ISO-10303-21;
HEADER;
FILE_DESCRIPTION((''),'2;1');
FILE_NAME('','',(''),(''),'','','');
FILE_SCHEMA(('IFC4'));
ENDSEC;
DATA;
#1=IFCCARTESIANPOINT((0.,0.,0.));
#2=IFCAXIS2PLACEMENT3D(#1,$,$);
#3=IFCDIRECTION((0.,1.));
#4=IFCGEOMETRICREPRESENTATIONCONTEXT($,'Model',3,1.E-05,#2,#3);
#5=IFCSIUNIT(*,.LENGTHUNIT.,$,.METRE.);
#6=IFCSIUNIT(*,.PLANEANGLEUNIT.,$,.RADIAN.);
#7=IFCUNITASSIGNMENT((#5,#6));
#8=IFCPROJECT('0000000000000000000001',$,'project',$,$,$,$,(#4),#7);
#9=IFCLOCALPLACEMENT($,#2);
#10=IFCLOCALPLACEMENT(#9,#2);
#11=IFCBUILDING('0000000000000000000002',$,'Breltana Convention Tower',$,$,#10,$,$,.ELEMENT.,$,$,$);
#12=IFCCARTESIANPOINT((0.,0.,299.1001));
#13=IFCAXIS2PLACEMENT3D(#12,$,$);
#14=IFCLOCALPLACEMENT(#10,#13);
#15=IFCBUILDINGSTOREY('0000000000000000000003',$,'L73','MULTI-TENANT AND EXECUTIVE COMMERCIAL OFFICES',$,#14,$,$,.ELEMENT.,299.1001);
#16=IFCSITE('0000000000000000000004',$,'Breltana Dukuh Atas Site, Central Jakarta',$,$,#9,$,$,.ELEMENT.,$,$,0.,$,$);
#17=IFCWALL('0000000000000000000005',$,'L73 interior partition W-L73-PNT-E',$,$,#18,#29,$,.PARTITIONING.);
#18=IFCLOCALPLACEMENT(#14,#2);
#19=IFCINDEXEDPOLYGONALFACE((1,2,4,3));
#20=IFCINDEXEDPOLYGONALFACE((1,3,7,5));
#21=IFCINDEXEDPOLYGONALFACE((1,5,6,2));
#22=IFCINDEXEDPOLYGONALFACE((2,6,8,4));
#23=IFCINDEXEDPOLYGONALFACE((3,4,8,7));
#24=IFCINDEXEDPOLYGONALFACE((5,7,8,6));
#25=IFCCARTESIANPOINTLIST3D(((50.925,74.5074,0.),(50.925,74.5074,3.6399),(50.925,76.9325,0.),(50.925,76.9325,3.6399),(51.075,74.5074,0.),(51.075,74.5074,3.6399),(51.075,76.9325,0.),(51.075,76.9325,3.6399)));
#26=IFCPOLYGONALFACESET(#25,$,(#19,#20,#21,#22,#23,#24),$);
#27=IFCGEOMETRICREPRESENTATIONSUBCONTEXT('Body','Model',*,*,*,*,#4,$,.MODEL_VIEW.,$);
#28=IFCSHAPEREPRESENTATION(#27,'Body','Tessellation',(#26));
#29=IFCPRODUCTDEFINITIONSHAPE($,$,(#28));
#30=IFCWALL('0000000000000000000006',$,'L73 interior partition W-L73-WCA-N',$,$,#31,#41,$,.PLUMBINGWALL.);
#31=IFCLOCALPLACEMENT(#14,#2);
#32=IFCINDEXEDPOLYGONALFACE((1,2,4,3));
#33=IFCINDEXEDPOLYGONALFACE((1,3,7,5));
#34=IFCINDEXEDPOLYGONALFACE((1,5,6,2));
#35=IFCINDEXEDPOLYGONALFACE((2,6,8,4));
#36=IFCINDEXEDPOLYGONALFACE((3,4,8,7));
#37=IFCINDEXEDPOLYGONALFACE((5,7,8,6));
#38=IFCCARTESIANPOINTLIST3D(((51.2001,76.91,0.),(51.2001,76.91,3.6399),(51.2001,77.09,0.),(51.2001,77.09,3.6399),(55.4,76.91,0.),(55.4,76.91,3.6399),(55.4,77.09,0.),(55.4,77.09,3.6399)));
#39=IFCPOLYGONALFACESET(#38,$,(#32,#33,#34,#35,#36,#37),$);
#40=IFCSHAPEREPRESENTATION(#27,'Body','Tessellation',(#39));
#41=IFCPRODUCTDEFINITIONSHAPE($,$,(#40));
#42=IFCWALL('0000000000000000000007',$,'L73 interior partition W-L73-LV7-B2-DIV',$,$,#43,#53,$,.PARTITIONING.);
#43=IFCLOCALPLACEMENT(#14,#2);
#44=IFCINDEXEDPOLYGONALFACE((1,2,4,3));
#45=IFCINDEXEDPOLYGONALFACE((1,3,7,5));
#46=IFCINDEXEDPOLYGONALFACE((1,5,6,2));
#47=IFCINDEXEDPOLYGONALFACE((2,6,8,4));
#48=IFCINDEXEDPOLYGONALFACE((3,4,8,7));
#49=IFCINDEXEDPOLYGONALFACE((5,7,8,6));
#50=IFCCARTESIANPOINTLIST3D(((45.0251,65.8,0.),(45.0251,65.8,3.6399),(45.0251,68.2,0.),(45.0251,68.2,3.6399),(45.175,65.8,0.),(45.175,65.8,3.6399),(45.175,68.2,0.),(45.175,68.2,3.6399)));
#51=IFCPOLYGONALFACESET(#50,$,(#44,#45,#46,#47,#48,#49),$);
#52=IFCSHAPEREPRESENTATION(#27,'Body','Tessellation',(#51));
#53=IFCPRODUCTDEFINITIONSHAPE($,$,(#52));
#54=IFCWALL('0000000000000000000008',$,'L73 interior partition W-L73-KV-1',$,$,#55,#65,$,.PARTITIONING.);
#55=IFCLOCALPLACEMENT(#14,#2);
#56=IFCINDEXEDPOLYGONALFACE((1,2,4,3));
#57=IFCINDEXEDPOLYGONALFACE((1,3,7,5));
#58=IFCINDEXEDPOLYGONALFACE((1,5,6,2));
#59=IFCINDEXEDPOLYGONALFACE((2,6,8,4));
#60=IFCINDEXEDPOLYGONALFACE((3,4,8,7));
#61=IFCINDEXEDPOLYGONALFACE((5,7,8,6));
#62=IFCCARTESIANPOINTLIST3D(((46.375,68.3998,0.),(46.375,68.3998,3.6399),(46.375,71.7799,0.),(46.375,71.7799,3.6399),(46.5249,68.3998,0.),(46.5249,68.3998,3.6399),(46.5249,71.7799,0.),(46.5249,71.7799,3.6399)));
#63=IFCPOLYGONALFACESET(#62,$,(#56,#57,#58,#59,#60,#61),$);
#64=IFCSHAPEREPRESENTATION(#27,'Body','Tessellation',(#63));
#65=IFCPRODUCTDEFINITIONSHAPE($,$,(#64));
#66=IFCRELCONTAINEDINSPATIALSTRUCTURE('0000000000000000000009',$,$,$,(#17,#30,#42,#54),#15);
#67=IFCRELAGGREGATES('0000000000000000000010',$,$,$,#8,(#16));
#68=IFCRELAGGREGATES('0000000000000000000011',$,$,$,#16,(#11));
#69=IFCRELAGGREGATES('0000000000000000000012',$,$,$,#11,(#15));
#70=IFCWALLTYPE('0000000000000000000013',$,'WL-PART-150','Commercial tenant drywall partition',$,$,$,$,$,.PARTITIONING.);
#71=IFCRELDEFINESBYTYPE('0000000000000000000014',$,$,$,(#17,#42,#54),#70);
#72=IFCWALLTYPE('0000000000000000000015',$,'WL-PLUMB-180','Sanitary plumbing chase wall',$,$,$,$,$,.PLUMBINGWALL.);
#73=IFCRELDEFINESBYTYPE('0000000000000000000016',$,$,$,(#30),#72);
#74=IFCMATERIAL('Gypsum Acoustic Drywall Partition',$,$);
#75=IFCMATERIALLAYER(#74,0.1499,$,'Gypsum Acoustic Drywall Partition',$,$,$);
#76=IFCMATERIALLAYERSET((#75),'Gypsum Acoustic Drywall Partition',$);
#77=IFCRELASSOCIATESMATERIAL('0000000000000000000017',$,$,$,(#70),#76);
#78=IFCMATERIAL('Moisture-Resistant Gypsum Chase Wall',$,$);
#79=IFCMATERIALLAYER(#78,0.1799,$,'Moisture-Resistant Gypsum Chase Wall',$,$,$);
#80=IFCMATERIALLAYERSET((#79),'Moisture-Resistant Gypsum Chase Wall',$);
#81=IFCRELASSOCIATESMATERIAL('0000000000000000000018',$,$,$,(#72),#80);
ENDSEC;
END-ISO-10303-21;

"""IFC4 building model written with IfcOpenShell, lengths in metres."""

from ifc_helpers import new_model, si_unit, direction, frame, frame_2d, origin, place, context, subcontext, project, spatial, rectangle, extrude, source, transform, mapped, material, layer, layer_set, type_object, element, save


model = new_model("IFC4")

# Units and contexts
model_context = context("Model", 3, precision=1e-05, world=origin(), true_north=direction((0.0, 1.0)))
body_context = subcontext(model_context, "Body", "Model", "MODEL_VIEW")
ifc_project = project(units=[si_unit("LENGTHUNIT", "METRE"), si_unit("PLANEANGLEUNIT", "RADIAN")], contexts=[model_context])

# Site, building, storey
site_placement = place(None, origin())
site = spatial("IfcSite", under=ifc_project, at=site_placement, Name="Breltana Dukuh Atas Site, Central Jakarta", CompositionType="ELEMENT", RefElevation=0.0)
building_placement = place(site_placement, origin())
building = spatial("IfcBuilding", under=site, at=building_placement, Name="Breltana Convention Tower", CompositionType="ELEMENT")
storey_placement = place(building_placement, frame((0.0, 0.0, 299.1001)))
storey = spatial("IfcBuildingStorey", under=building, at=storey_placement, Name="L73", Description="MULTI-TENANT AND EXECUTIVE COMMERCIAL OFFICES", CompositionType="ELEMENT", Elevation=299.1001)

# Shared definitions
ifc_material_1 = material(Name="Gypsum Acoustic Drywall Partition")
ifc_layer_1 = layer(ifc_material_1, 0.1499, Name="Gypsum Acoustic Drywall Partition")
ifc_layer_set_1 = layer_set([ifc_layer_1], Name="Gypsum Acoustic Drywall Partition")
wall_type_1 = type_object("IfcWallType", Name="WL-PART-150", Description="Commercial tenant drywall partition", PredefinedType="PARTITIONING", material=ifc_layer_set_1)

# Wall
shared_shape_1 = source(origin(), body_context, "Body", "SweptSolid", [
    extrude(rectangle(XDim=2.425, YDim=0.1499, at=frame_2d((1.2124, 0.0))), origin(), (0.0, 0.0, 1.0), 3.6399),
])
wall_1_placement = place(storey_placement, frame((51.0, 74.5076, 0.0), z_axis=(0.0, 0.0, 1.0), x_axis=(0.0, 1.0, 0.0)))
element("IfcWall", 1, at=wall_1_placement, inside=storey, type_object=wall_type_1, Name="L73 interior partition W-L73-PNT-E", PredefinedType="PARTITIONING", context=body_context, shape_type="MappedRepresentation", body=[
    mapped(shared_shape_1, transform((0.0, 0.0, 0.0), scale=1.0)),
])

# Walls
ifc_material_2 = material(Name="Moisture-Resistant Gypsum Chase Wall")
ifc_layer_2 = layer(ifc_material_2, 0.1799, Name="Moisture-Resistant Gypsum Chase Wall")
ifc_layer_set_2 = layer_set([ifc_layer_2], Name="Moisture-Resistant Gypsum Chase Wall")
wall_type_2 = type_object("IfcWallType", Name="WL-PLUMB-180", Description="Sanitary plumbing chase wall", PredefinedType="PLUMBINGWALL", material=ifc_layer_set_2)
shared_shape_2 = source(origin(), body_context, "Body", "SweptSolid", [
    extrude(rectangle(XDim=4.2, YDim=0.1799, at=frame_2d((2.1001, 0.0))), origin(), (0.0, 0.0, 1.0), 3.6399),
])
wall_2_placement = place(storey_placement, frame((51.2, 77.0, 0.0), z_axis=(0.0, 0.0, 1.0), x_axis=(1.0, 0.0, 0.0)))
element("IfcWall", 2, at=wall_2_placement, inside=storey, type_object=wall_type_2, Name="L73 interior partition W-L73-WCA-N", PredefinedType="PLUMBINGWALL", context=body_context, shape_type="MappedRepresentation", body=[
    mapped(shared_shape_2, transform((0.0, 0.0, 0.0), scale=1.0)),
])
shared_shape_3 = source(origin(), body_context, "Body", "SweptSolid", [
    extrude(rectangle(XDim=2.3999, YDim=0.1499, at=frame_2d((1.2, 0.0))), origin(), (0.0, 0.0, 1.0), 3.6399),
])
wall_3_placement = place(storey_placement, frame((45.1001, 65.8, 0.0), z_axis=(0.0, 0.0, 1.0), x_axis=(0.0, 1.0, 0.0)))
element("IfcWall", 3, at=wall_3_placement, inside=storey, type_object=wall_type_1, Name="L73 interior partition W-L73-LV7-B2-DIV", PredefinedType="PARTITIONING", context=body_context, shape_type="MappedRepresentation", body=[
    mapped(shared_shape_3, transform((0.0, 0.0, 0.0), scale=1.0)),
])
shared_shape_4 = source(origin(), body_context, "Body", "SweptSolid", [
    extrude(rectangle(XDim=3.3801, YDim=0.1499, at=frame_2d((1.6899, 0.0))), origin(), (0.0, 0.0, 1.0), 3.6399),
])
wall_4_placement = place(storey_placement, frame((46.45, 68.3999, 0.0), z_axis=(0.0, 0.0, 1.0), x_axis=(0.0, 1.0, 0.0)))
element("IfcWall", 4, at=wall_4_placement, inside=storey, type_object=wall_type_1, Name="L73 interior partition W-L73-KV-1", PredefinedType="PARTITIONING", context=body_context, shape_type="MappedRepresentation", body=[
    mapped(shared_shape_4, transform((0.0, 0.0, 0.0), scale=1.0)),
])

save(model, "model.ifc")
